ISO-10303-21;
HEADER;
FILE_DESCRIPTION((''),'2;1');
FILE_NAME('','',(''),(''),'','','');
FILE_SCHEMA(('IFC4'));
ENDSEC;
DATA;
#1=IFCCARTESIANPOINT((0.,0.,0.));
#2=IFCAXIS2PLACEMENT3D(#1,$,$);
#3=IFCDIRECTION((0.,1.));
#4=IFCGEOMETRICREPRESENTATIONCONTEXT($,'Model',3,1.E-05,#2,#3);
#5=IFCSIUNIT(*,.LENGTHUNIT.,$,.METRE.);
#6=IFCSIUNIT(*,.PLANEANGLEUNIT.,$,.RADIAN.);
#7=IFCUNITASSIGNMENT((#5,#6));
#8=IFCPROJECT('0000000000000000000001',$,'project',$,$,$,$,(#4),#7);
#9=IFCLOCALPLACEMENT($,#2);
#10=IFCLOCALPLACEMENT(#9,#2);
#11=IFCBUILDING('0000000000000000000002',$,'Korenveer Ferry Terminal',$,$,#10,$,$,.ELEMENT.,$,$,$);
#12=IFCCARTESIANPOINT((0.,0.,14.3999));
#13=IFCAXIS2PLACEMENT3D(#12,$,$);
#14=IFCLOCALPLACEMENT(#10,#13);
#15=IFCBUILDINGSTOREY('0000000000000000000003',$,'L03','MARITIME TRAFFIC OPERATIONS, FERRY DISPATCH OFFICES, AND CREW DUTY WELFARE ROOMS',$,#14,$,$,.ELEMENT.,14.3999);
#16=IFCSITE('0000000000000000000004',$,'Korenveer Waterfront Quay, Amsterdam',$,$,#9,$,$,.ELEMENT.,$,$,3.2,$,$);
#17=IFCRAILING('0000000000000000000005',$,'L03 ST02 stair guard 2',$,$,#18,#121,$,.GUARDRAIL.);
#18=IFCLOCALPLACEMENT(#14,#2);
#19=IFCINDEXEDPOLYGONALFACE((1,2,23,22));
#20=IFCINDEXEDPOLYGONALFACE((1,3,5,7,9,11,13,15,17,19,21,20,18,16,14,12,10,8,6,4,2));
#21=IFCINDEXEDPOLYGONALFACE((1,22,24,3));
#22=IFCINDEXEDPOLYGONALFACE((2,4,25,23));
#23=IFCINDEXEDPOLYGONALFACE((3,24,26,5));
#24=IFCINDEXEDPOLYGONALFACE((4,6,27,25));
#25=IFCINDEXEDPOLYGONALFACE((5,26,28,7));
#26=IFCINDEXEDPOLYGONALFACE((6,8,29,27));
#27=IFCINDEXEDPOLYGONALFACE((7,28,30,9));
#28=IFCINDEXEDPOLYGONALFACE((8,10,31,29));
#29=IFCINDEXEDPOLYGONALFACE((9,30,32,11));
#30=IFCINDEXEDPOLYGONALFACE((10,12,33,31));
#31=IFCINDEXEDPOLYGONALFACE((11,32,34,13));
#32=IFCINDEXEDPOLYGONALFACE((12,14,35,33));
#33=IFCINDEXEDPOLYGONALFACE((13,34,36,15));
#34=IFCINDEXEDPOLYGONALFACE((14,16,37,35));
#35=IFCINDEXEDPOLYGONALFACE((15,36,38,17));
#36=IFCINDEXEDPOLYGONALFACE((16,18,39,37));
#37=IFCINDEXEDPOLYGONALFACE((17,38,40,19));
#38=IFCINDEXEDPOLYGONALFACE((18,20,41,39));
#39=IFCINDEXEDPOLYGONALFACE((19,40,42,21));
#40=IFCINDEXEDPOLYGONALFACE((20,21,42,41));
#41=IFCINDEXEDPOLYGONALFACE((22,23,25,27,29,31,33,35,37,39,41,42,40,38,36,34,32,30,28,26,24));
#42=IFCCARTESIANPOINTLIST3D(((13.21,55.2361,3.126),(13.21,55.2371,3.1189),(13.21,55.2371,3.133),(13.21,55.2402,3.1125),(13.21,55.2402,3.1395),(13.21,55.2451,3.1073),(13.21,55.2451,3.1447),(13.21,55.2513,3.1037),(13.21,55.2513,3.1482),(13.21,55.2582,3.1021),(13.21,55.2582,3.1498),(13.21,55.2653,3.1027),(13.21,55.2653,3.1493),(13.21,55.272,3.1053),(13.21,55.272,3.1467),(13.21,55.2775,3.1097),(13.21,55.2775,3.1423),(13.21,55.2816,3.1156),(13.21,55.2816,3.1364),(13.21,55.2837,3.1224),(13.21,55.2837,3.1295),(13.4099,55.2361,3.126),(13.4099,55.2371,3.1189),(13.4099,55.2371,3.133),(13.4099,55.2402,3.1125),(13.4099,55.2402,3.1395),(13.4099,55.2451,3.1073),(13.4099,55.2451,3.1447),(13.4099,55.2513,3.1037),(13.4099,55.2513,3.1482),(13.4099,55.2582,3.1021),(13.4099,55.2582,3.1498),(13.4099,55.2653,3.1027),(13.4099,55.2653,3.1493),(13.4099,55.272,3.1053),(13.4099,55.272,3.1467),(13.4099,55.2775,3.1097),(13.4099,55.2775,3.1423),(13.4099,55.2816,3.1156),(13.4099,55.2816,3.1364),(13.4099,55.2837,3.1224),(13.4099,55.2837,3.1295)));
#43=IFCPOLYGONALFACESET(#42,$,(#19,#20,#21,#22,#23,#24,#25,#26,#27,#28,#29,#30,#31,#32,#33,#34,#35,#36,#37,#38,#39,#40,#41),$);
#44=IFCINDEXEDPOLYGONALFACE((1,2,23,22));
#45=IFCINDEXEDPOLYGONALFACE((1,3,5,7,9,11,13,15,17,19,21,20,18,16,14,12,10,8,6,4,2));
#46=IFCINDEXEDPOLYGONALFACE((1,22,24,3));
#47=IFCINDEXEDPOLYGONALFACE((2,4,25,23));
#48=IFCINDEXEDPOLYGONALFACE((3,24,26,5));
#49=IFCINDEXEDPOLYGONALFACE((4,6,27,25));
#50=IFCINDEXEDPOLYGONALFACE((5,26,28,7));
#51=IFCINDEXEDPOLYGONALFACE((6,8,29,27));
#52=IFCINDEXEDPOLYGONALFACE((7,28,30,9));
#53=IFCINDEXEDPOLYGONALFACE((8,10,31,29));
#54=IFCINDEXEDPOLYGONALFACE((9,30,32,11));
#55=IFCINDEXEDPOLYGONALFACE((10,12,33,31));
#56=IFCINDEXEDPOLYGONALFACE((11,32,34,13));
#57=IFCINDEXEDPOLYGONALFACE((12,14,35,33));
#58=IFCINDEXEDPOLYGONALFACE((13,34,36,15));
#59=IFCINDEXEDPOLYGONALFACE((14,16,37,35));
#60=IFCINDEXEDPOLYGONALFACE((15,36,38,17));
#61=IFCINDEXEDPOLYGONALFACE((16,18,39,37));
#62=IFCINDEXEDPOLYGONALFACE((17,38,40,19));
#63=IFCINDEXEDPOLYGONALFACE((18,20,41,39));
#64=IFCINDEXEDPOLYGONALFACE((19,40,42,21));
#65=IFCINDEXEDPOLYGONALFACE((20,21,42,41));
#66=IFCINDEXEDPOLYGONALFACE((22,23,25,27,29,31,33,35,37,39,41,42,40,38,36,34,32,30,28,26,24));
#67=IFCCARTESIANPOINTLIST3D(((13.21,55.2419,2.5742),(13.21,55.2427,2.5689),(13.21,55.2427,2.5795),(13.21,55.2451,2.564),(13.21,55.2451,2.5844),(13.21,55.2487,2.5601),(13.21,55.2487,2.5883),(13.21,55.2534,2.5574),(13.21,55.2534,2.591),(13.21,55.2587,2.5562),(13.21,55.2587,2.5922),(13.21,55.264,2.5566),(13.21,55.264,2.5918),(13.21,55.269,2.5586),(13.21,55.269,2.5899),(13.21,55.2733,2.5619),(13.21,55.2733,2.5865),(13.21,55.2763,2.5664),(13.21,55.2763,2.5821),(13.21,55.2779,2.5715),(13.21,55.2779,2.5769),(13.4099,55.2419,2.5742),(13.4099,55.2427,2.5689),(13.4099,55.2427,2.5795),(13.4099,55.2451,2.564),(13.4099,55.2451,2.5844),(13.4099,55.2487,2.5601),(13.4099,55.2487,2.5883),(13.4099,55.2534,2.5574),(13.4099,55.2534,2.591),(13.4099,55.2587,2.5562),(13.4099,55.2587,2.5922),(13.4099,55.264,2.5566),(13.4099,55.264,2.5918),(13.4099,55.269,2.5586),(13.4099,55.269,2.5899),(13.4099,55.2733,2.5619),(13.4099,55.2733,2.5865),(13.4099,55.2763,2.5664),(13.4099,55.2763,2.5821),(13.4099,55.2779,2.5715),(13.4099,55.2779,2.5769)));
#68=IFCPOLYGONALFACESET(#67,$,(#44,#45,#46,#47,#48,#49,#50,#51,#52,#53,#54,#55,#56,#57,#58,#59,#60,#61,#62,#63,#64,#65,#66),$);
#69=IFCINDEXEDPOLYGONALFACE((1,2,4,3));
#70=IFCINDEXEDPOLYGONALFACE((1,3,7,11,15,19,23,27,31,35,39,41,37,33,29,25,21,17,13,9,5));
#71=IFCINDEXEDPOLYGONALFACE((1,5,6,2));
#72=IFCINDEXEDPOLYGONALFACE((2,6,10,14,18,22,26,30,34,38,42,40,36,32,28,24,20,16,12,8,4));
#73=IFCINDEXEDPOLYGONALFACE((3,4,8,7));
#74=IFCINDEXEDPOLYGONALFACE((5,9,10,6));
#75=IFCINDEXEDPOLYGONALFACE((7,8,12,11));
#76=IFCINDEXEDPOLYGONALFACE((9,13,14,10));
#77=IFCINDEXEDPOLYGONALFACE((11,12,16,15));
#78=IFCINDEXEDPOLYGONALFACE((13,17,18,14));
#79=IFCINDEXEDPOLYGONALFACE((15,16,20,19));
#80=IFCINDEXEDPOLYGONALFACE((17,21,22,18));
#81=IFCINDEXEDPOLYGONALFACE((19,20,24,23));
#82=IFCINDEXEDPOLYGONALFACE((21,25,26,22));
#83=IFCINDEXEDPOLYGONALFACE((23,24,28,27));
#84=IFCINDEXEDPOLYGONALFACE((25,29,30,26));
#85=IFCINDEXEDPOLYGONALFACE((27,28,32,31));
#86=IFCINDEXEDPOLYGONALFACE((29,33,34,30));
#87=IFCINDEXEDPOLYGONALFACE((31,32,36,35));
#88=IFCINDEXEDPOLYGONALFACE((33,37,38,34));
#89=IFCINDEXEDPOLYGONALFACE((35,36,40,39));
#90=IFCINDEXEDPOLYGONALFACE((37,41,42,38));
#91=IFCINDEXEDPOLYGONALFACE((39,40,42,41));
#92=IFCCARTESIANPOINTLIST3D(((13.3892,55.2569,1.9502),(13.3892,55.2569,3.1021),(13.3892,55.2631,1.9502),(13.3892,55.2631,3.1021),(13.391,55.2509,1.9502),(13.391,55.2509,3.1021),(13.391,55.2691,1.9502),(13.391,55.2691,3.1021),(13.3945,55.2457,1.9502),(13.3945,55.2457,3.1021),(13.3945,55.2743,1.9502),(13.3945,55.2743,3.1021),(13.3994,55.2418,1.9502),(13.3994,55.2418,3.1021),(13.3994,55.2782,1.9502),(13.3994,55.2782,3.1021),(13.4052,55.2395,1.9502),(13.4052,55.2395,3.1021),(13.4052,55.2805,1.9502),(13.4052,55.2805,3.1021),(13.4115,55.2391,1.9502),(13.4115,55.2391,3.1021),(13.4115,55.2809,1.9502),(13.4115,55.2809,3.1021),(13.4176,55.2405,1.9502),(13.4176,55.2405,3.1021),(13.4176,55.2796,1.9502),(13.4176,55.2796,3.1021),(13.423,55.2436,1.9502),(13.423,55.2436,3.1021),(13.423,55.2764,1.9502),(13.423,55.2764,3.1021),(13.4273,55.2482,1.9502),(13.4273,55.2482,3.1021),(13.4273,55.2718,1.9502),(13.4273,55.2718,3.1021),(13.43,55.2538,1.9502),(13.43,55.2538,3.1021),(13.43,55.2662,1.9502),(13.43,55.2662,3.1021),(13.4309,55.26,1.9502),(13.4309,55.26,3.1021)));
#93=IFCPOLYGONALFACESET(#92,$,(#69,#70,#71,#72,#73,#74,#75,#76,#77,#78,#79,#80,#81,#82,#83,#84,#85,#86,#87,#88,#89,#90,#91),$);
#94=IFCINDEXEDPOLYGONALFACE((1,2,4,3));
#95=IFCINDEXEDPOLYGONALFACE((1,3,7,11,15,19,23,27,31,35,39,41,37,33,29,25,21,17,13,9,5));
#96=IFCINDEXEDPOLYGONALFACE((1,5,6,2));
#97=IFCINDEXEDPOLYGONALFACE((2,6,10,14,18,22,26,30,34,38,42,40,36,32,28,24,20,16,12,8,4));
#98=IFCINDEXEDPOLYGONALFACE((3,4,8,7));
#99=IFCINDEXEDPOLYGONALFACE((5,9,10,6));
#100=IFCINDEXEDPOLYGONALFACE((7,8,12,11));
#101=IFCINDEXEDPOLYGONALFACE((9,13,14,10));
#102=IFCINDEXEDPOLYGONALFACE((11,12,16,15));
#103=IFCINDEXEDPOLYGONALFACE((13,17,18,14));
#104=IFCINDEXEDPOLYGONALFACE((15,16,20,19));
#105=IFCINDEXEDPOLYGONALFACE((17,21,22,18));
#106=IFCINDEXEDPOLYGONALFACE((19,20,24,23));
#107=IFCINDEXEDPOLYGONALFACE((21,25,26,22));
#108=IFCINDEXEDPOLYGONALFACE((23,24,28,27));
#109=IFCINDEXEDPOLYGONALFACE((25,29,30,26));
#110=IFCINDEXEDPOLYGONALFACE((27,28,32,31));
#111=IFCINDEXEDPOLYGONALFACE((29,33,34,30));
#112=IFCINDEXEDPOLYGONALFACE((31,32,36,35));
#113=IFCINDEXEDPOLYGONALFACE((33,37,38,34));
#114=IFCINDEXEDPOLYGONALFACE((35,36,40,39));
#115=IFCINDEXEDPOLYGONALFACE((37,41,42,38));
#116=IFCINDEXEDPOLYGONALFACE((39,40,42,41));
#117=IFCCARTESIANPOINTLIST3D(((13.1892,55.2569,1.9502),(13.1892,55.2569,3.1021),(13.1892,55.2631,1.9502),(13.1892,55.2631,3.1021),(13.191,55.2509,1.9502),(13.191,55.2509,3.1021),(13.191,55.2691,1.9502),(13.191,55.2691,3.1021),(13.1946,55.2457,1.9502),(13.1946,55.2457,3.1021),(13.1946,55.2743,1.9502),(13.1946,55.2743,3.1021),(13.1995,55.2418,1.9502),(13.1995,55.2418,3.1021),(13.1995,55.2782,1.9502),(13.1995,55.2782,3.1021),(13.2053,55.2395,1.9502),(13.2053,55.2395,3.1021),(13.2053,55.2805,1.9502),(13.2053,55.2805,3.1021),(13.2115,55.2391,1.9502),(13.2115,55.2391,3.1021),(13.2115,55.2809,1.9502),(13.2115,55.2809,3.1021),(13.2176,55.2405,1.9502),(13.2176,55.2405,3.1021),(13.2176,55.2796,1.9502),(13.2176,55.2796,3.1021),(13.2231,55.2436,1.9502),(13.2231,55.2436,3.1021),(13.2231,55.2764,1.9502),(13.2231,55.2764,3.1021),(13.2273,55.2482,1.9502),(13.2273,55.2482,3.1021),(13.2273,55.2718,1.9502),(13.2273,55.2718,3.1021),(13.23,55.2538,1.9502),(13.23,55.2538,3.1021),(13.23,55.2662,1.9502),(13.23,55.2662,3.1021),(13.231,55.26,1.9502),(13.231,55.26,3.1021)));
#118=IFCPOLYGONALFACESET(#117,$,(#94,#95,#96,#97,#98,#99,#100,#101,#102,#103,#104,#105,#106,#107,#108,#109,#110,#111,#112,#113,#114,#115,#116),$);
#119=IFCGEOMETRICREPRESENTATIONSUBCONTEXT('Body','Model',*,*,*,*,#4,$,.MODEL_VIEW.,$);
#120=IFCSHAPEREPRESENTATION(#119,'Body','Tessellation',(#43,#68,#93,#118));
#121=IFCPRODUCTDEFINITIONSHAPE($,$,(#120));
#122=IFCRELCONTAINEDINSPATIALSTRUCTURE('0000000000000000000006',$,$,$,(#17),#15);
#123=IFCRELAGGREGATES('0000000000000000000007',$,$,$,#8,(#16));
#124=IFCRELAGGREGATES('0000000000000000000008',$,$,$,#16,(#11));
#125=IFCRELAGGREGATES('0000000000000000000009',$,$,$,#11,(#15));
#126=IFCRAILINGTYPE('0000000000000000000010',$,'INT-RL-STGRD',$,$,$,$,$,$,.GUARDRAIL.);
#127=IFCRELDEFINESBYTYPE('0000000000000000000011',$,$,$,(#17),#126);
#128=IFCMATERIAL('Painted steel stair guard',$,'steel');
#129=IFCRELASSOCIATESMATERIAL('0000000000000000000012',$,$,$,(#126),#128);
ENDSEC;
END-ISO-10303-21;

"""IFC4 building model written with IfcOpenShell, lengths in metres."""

from ifc_helpers import new_model, si_unit, direction, frame, origin, origin_2d, place, context, subcontext, project, spatial, circle, extrude, material, type_object, element, save


model = new_model("IFC4")

# Units and contexts
model_context = context("Model", 3, precision=1e-05, world=origin(), true_north=direction((0.0, 1.0)))
body_context = subcontext(model_context, "Body", "Model", "MODEL_VIEW")
ifc_project = project(units=[si_unit("LENGTHUNIT", "METRE"), si_unit("PLANEANGLEUNIT", "RADIAN")], contexts=[model_context])

# Site, building, storey
site_placement = place(None, origin())
site = spatial("IfcSite", under=ifc_project, at=site_placement, Name="Korenveer Waterfront Quay, Amsterdam", CompositionType="ELEMENT", RefElevation=3.2)
building_placement = place(site_placement, origin())
building = spatial("IfcBuilding", under=site, at=building_placement, Name="Korenveer Ferry Terminal", CompositionType="ELEMENT")
storey_placement = place(building_placement, frame((0.0, 0.0, 14.3999)))
storey = spatial("IfcBuildingStorey", under=building, at=storey_placement, Name="L03", Description="MARITIME TRAFFIC OPERATIONS, FERRY DISPATCH OFFICES, AND CREW DUTY WELFARE ROOMS", CompositionType="ELEMENT", Elevation=14.3999)

# Railing
ifc_material_1 = material(Name="Painted steel stair guard", Category="steel")
railing_type_1 = type_object("IfcRailingType", Name="INT-RL-STGRD", PredefinedType="GUARDRAIL", material=ifc_material_1)
railing_1_placement = place(storey_placement, frame((13.4099, 55.26, 1.9502)))
element("IfcRailing", 1, at=railing_1_placement, inside=storey, type_object=railing_type_1, Name="L03 ST02 stair guard 2", PredefinedType="GUARDRAIL", context=body_context, shape_type="SweptSolid", body=[
    extrude(circle(Radius=0.0239, at=origin_2d()), frame((0.0, 0.0, 1.1758), z_axis=(-1.0, 0.0, 0.0), x_axis=(0.0, -1.0, 0.0)), (0.0, 0.0, 1.0), 0.2),
    extrude(circle(Radius=0.0181, at=origin_2d()), frame((0.0, 0.0, 0.624), z_axis=(-1.0, 0.0, 0.0), x_axis=(0.0, -1.0, 0.0)), (0.0, 0.0, 1.0), 0.2),
    extrude(circle(Radius=0.021, at=origin_2d()), origin(), (0.0, 0.0, 1.0), 1.1519),
    extrude(circle(Radius=0.021, at=origin_2d()), frame((-0.2, 0.0, 0.0)), (0.0, 0.0, 1.0), 1.1519),
])

save(model, "model.ifc")
